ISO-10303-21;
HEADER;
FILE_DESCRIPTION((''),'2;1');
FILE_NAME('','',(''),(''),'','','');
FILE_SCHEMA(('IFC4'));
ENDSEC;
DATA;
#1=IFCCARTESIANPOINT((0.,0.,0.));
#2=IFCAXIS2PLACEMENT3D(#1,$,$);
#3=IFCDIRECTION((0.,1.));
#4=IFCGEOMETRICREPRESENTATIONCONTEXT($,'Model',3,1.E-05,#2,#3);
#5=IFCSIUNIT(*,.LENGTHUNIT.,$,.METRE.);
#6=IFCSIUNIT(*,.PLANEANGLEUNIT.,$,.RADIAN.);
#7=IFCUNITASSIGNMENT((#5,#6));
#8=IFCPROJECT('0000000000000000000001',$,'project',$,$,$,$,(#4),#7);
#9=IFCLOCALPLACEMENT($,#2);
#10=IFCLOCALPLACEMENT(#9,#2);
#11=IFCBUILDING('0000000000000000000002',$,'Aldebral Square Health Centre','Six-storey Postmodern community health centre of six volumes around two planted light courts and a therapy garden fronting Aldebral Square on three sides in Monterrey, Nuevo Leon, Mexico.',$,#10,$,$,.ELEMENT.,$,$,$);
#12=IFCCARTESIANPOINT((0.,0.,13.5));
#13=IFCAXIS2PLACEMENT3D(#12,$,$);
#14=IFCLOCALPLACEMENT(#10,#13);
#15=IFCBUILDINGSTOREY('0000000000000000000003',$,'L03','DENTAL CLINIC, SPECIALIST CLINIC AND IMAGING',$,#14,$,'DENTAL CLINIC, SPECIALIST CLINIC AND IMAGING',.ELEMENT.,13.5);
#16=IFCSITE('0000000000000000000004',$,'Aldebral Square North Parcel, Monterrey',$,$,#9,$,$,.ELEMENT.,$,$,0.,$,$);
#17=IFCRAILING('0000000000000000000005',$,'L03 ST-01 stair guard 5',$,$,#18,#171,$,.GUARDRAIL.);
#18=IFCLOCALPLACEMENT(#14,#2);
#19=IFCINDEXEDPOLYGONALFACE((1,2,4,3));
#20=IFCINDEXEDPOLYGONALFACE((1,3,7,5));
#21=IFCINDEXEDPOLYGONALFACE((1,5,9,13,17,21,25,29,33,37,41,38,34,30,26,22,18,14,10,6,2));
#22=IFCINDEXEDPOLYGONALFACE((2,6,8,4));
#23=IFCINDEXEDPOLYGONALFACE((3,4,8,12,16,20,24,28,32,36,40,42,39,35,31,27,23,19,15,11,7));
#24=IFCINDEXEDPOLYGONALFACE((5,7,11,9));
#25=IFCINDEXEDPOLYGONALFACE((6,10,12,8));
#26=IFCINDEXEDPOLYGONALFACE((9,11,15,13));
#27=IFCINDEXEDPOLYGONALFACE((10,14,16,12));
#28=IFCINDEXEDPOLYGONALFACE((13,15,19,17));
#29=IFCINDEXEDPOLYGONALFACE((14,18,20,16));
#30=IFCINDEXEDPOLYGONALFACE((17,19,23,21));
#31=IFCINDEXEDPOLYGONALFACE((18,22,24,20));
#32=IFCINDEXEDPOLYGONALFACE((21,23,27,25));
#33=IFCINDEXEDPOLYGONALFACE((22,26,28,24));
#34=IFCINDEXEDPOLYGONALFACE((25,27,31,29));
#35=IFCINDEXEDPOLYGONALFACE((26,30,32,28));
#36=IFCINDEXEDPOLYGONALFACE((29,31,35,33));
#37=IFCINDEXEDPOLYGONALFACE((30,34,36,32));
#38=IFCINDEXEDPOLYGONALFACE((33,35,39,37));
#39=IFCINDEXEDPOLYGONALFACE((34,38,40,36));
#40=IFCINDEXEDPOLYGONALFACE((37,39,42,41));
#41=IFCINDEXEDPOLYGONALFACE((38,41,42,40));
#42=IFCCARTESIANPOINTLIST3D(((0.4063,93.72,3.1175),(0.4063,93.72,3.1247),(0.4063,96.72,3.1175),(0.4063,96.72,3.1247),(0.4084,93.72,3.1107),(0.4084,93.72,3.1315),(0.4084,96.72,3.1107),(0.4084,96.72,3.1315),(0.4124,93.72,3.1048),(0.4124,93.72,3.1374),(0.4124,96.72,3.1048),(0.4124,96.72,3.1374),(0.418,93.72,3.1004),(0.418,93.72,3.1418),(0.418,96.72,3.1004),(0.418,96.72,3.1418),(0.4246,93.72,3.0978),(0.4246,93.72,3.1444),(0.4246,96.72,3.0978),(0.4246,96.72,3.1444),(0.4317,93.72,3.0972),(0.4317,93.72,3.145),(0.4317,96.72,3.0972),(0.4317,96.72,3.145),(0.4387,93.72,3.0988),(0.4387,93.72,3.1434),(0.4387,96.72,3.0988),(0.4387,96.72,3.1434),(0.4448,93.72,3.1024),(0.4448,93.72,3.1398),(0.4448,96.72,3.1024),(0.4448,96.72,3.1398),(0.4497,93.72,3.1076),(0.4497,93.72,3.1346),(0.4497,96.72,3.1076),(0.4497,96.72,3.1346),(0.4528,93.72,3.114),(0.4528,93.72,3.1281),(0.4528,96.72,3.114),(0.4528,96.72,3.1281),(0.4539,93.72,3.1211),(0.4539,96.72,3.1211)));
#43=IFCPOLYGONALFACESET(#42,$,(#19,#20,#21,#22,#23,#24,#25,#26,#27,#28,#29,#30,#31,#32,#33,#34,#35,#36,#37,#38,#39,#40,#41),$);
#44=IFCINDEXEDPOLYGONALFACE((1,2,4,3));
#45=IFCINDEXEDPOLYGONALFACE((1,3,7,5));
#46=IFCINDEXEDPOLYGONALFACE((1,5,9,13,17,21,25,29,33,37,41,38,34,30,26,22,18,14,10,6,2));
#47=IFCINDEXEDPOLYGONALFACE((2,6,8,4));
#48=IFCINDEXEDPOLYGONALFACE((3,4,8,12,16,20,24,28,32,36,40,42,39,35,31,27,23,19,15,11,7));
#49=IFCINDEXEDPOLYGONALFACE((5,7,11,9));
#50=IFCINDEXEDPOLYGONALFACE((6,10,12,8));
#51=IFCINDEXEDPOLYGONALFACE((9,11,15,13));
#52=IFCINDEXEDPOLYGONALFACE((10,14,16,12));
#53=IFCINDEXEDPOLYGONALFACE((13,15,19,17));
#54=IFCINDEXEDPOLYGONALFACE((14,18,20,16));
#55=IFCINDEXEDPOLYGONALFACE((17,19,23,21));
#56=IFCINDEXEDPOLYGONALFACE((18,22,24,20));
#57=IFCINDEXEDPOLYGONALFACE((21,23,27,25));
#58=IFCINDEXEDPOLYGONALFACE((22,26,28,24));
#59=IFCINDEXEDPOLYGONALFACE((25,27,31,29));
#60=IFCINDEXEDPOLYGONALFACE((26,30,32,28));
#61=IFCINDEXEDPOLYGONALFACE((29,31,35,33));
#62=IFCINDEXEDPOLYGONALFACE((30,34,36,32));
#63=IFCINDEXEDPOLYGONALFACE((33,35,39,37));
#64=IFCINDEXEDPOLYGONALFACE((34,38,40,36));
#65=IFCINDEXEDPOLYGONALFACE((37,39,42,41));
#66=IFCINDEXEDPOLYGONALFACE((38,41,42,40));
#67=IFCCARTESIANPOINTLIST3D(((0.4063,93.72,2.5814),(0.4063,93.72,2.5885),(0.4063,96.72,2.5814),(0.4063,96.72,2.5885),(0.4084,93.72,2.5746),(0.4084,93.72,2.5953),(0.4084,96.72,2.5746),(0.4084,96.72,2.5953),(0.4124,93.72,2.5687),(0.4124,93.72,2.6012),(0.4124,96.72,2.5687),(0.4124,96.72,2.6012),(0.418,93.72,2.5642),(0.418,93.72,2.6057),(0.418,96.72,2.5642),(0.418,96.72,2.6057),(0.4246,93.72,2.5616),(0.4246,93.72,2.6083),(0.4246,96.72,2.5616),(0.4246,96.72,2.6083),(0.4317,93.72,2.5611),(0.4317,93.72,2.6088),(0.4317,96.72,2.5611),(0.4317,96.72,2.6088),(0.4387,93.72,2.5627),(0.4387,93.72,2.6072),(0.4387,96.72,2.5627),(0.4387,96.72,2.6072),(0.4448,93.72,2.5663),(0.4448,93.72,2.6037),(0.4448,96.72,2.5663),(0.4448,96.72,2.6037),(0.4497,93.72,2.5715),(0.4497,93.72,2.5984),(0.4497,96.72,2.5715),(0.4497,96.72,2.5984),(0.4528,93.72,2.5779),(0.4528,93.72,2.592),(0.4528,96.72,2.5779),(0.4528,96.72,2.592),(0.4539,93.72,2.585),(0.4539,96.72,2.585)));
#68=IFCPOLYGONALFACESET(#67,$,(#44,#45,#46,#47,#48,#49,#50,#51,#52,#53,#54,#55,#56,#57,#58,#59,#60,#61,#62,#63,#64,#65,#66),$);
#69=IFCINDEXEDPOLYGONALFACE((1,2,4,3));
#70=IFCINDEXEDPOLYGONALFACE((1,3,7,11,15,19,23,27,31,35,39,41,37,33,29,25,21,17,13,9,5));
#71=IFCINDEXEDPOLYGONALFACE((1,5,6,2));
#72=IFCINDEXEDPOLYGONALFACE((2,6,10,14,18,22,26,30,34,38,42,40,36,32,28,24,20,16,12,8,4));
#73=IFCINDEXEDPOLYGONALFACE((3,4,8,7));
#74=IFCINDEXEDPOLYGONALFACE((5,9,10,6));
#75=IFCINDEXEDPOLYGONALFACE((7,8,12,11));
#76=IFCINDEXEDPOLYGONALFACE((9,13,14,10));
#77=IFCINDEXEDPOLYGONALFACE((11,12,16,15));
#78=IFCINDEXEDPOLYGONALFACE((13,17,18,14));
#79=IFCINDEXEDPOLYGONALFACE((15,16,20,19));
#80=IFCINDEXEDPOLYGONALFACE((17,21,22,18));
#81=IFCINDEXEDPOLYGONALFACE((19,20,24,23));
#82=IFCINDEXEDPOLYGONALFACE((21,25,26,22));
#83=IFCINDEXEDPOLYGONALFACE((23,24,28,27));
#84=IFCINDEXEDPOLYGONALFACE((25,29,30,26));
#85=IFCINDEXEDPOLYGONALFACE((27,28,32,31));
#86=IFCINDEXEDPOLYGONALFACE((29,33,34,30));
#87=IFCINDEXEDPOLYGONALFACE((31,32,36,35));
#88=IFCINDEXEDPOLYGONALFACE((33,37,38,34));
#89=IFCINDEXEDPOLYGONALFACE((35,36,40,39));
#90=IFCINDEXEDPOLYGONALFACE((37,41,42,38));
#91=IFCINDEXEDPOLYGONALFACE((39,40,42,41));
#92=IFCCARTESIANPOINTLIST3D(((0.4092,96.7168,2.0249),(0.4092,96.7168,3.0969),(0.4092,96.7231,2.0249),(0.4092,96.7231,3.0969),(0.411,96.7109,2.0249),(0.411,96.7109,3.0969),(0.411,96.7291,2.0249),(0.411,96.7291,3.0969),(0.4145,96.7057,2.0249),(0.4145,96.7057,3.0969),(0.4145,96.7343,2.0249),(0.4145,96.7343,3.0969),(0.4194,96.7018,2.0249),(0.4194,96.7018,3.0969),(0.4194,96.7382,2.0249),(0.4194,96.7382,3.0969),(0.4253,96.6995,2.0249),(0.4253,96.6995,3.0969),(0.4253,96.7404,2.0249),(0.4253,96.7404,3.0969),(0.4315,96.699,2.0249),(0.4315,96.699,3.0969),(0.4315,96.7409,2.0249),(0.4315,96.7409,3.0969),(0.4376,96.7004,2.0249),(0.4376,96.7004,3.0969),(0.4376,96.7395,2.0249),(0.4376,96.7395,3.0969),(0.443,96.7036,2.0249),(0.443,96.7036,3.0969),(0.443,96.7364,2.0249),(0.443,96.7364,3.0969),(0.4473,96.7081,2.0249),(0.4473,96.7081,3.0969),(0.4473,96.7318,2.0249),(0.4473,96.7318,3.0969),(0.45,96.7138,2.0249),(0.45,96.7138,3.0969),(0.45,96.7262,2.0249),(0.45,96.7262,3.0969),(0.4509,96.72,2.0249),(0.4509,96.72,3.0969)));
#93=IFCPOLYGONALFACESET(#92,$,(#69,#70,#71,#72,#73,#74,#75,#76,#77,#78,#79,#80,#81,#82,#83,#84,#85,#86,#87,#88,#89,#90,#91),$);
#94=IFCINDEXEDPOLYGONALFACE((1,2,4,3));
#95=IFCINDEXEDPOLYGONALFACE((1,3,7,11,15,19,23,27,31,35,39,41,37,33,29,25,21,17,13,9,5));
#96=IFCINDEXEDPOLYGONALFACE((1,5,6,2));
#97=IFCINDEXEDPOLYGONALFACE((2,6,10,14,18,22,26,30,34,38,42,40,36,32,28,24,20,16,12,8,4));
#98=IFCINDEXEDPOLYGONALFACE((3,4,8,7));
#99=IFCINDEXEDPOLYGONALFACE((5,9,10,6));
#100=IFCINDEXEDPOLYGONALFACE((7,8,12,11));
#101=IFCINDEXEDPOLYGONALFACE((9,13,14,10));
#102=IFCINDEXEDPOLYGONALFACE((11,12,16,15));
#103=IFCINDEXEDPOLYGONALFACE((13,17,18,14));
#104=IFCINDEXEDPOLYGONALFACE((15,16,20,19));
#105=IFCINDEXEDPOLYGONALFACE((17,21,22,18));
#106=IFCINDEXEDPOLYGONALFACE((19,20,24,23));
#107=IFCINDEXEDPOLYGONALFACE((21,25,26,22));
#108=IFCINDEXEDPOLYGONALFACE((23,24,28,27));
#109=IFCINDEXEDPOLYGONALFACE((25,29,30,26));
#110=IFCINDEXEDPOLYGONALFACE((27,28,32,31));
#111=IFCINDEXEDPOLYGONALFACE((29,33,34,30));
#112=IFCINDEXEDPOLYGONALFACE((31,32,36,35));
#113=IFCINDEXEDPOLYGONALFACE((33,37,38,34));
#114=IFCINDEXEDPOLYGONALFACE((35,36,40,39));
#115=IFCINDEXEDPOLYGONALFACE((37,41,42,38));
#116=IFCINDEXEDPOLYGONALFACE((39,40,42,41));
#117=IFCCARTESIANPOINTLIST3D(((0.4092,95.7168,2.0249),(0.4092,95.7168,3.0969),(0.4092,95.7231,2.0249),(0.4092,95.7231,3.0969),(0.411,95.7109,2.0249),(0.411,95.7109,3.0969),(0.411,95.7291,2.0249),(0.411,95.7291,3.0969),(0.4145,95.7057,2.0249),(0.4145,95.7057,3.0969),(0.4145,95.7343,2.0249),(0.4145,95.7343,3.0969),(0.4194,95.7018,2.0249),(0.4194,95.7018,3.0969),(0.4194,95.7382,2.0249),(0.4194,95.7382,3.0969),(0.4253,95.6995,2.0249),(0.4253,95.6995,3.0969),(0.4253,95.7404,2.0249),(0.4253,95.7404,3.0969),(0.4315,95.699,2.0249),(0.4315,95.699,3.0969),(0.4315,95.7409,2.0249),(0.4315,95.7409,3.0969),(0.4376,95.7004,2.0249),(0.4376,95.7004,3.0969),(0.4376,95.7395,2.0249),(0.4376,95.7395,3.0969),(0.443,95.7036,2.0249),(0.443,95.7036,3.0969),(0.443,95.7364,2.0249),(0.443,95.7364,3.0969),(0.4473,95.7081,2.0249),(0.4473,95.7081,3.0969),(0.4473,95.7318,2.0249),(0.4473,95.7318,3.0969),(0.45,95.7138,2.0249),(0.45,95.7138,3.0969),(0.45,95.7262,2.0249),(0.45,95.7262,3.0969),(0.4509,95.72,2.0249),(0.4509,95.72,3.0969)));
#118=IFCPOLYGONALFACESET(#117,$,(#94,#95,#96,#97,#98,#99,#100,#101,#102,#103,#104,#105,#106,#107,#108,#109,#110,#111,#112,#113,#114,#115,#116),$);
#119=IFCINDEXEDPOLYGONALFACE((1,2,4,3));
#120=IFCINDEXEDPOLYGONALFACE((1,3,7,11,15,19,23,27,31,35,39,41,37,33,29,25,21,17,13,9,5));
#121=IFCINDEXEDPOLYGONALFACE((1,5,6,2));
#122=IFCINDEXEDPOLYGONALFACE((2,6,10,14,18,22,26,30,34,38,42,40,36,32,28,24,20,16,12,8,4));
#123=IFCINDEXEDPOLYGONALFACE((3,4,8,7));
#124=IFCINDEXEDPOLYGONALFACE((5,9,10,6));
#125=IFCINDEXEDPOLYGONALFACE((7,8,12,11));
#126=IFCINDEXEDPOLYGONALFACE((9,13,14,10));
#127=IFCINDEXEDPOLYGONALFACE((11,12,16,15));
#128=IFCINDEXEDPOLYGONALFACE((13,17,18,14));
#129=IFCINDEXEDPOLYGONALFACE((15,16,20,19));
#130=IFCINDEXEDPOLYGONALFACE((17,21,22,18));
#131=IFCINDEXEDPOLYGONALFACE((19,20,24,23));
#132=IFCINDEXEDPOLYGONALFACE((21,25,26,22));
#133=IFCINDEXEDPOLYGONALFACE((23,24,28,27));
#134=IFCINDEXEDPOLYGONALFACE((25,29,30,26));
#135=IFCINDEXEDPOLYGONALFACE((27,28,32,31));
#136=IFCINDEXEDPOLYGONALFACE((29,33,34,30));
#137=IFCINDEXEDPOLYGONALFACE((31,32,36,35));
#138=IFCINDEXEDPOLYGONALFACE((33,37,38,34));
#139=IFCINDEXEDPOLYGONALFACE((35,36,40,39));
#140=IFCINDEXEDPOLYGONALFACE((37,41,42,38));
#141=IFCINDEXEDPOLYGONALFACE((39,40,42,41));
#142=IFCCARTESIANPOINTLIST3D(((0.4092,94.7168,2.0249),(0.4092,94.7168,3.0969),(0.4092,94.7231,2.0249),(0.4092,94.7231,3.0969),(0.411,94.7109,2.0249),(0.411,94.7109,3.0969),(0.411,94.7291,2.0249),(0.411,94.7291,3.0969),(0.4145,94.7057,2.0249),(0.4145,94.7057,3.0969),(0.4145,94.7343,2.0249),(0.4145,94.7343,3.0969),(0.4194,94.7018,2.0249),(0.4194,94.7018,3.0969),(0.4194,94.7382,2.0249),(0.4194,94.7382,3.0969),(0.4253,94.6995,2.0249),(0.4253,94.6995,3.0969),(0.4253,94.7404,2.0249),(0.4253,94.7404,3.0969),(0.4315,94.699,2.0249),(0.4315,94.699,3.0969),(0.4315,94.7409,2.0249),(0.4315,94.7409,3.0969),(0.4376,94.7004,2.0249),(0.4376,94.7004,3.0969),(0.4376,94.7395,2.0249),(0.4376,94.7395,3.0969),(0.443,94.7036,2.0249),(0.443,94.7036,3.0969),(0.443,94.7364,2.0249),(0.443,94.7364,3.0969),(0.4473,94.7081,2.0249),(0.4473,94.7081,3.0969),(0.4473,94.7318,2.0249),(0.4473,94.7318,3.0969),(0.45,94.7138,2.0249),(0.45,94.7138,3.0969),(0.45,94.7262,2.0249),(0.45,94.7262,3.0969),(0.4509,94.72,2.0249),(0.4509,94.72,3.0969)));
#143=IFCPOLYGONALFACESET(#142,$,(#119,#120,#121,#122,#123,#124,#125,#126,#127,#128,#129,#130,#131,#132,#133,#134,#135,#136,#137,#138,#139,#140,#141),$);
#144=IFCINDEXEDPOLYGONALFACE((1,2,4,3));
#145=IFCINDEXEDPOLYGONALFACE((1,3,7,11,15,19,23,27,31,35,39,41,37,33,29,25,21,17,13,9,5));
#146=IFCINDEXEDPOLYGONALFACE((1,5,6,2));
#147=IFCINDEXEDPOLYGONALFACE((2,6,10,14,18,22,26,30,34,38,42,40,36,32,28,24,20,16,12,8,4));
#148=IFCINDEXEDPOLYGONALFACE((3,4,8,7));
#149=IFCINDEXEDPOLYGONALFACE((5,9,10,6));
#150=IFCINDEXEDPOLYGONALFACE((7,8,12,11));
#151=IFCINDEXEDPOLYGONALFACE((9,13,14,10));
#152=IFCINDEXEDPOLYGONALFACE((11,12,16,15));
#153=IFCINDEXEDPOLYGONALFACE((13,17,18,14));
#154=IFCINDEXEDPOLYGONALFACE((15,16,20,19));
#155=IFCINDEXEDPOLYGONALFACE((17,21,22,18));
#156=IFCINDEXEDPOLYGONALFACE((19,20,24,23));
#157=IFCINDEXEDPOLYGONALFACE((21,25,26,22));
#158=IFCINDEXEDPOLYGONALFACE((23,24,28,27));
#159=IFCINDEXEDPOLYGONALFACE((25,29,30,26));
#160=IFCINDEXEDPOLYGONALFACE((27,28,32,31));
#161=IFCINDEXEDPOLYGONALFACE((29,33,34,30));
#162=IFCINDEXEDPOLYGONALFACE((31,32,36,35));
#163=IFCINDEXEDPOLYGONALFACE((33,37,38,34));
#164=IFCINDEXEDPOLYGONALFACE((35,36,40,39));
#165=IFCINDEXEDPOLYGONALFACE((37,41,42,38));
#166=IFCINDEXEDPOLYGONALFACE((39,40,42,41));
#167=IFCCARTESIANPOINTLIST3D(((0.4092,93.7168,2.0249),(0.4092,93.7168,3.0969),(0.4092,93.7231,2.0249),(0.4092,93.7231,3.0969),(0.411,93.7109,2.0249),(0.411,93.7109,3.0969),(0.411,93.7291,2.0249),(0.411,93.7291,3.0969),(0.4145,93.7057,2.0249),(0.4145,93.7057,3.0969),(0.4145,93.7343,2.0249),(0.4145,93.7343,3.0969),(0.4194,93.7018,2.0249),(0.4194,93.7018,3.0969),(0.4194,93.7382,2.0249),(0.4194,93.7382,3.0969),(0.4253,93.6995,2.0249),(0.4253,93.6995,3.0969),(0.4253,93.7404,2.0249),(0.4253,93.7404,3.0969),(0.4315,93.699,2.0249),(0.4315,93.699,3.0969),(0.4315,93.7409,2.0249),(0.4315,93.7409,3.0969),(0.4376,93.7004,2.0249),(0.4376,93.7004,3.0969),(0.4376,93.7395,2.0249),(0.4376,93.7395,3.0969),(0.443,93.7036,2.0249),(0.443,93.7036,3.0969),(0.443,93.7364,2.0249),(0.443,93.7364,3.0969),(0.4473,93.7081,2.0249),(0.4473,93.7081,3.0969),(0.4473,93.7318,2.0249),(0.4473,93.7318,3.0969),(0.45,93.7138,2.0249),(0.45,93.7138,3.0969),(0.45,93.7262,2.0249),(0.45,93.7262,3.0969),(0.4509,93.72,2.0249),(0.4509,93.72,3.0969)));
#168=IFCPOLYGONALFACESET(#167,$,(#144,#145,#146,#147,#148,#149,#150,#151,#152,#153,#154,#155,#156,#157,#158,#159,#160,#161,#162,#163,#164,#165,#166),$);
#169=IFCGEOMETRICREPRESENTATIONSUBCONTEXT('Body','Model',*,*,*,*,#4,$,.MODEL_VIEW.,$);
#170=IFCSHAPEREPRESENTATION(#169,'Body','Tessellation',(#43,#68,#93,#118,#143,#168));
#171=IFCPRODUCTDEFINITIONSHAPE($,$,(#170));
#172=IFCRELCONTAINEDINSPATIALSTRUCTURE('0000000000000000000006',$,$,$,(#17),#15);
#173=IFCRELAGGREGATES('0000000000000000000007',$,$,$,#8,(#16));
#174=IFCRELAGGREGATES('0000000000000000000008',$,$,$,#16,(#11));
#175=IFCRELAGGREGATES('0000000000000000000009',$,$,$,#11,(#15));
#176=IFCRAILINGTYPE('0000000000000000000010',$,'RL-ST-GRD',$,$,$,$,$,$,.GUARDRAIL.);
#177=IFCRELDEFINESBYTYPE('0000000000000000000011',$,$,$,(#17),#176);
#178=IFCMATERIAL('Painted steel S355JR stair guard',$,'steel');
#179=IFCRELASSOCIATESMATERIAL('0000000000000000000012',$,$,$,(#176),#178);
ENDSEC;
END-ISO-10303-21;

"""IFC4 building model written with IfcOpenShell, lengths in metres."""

from ifc_helpers import new_model, si_unit, direction, frame, origin, origin_2d, place, context, subcontext, project, spatial, circle, extrude, material, type_object, element, save


model = new_model("IFC4")

# Units and contexts
model_context = context("Model", 3, precision=1e-05, world=origin(), true_north=direction((0.0, 1.0)))
body_context = subcontext(model_context, "Body", "Model", "MODEL_VIEW")
ifc_project = project(units=[si_unit("LENGTHUNIT", "METRE"), si_unit("PLANEANGLEUNIT", "RADIAN")], contexts=[model_context])

# Site, building, storey
site_placement = place(None, origin())
site = spatial("IfcSite", under=ifc_project, at=site_placement, Name="Aldebral Square North Parcel, Monterrey", CompositionType="ELEMENT", RefElevation=0.0)
building_placement = place(site_placement, origin())
building = spatial("IfcBuilding", under=site, at=building_placement, Name="Aldebral Square Health Centre", Description="Six-storey Postmodern community health centre of six volumes around two planted light courts and a therapy garden fronting Aldebral Square on three sides in Monterrey, Nuevo Leon, Mexico.", CompositionType="ELEMENT")
storey_placement = place(building_placement, frame((0.0, 0.0, 13.5)))
storey = spatial("IfcBuildingStorey", under=building, at=storey_placement, Name="L03", Description="DENTAL CLINIC, SPECIALIST CLINIC AND IMAGING", LongName="DENTAL CLINIC, SPECIALIST CLINIC AND IMAGING", CompositionType="ELEMENT", Elevation=13.5)

# Railing
ifc_material_1 = material(Name="Painted steel S355JR stair guard", Category="steel")
railing_type_1 = type_object("IfcRailingType", Name="RL-ST-GRD", PredefinedType="GUARDRAIL", material=ifc_material_1)
railing_1_placement = place(storey_placement, frame((0.4299, 96.72, 2.0249)))
element("IfcRailing", 1, at=railing_1_placement, inside=storey, type_object=railing_type_1, Name="L03 ST-01 stair guard 5", PredefinedType="GUARDRAIL", context=body_context, shape_type="SweptSolid", body=[
    extrude(circle(Radius=0.0239, at=origin_2d()), frame((0.0, 0.0, 1.0962), z_axis=(0.0, -1.0, 0.0), x_axis=(1.0, 0.0, 0.0)), (0.0, 0.0, 1.0), 3.0),
    extrude(circle(Radius=0.0239, at=origin_2d()), frame((0.0, 0.0, 0.5601), z_axis=(0.0, -1.0, 0.0), x_axis=(1.0, 0.0, 0.0)), (0.0, 0.0, 1.0), 3.0),
    extrude(circle(Radius=0.021, at=origin_2d()), origin(), (0.0, 0.0, 1.0), 1.072),
    extrude(circle(Radius=0.021, at=origin_2d()), frame((0.0, -1.0, 0.0)), (0.0, 0.0, 1.0), 1.072),
    extrude(circle(Radius=0.021, at=origin_2d()), frame((0.0, -2.0, 0.0)), (0.0, 0.0, 1.0), 1.072),
    extrude(circle(Radius=0.021, at=origin_2d()), frame((0.0, -3.0, 0.0)), (0.0, 0.0, 1.0), 1.072),
])

save(model, "model.ifc")
